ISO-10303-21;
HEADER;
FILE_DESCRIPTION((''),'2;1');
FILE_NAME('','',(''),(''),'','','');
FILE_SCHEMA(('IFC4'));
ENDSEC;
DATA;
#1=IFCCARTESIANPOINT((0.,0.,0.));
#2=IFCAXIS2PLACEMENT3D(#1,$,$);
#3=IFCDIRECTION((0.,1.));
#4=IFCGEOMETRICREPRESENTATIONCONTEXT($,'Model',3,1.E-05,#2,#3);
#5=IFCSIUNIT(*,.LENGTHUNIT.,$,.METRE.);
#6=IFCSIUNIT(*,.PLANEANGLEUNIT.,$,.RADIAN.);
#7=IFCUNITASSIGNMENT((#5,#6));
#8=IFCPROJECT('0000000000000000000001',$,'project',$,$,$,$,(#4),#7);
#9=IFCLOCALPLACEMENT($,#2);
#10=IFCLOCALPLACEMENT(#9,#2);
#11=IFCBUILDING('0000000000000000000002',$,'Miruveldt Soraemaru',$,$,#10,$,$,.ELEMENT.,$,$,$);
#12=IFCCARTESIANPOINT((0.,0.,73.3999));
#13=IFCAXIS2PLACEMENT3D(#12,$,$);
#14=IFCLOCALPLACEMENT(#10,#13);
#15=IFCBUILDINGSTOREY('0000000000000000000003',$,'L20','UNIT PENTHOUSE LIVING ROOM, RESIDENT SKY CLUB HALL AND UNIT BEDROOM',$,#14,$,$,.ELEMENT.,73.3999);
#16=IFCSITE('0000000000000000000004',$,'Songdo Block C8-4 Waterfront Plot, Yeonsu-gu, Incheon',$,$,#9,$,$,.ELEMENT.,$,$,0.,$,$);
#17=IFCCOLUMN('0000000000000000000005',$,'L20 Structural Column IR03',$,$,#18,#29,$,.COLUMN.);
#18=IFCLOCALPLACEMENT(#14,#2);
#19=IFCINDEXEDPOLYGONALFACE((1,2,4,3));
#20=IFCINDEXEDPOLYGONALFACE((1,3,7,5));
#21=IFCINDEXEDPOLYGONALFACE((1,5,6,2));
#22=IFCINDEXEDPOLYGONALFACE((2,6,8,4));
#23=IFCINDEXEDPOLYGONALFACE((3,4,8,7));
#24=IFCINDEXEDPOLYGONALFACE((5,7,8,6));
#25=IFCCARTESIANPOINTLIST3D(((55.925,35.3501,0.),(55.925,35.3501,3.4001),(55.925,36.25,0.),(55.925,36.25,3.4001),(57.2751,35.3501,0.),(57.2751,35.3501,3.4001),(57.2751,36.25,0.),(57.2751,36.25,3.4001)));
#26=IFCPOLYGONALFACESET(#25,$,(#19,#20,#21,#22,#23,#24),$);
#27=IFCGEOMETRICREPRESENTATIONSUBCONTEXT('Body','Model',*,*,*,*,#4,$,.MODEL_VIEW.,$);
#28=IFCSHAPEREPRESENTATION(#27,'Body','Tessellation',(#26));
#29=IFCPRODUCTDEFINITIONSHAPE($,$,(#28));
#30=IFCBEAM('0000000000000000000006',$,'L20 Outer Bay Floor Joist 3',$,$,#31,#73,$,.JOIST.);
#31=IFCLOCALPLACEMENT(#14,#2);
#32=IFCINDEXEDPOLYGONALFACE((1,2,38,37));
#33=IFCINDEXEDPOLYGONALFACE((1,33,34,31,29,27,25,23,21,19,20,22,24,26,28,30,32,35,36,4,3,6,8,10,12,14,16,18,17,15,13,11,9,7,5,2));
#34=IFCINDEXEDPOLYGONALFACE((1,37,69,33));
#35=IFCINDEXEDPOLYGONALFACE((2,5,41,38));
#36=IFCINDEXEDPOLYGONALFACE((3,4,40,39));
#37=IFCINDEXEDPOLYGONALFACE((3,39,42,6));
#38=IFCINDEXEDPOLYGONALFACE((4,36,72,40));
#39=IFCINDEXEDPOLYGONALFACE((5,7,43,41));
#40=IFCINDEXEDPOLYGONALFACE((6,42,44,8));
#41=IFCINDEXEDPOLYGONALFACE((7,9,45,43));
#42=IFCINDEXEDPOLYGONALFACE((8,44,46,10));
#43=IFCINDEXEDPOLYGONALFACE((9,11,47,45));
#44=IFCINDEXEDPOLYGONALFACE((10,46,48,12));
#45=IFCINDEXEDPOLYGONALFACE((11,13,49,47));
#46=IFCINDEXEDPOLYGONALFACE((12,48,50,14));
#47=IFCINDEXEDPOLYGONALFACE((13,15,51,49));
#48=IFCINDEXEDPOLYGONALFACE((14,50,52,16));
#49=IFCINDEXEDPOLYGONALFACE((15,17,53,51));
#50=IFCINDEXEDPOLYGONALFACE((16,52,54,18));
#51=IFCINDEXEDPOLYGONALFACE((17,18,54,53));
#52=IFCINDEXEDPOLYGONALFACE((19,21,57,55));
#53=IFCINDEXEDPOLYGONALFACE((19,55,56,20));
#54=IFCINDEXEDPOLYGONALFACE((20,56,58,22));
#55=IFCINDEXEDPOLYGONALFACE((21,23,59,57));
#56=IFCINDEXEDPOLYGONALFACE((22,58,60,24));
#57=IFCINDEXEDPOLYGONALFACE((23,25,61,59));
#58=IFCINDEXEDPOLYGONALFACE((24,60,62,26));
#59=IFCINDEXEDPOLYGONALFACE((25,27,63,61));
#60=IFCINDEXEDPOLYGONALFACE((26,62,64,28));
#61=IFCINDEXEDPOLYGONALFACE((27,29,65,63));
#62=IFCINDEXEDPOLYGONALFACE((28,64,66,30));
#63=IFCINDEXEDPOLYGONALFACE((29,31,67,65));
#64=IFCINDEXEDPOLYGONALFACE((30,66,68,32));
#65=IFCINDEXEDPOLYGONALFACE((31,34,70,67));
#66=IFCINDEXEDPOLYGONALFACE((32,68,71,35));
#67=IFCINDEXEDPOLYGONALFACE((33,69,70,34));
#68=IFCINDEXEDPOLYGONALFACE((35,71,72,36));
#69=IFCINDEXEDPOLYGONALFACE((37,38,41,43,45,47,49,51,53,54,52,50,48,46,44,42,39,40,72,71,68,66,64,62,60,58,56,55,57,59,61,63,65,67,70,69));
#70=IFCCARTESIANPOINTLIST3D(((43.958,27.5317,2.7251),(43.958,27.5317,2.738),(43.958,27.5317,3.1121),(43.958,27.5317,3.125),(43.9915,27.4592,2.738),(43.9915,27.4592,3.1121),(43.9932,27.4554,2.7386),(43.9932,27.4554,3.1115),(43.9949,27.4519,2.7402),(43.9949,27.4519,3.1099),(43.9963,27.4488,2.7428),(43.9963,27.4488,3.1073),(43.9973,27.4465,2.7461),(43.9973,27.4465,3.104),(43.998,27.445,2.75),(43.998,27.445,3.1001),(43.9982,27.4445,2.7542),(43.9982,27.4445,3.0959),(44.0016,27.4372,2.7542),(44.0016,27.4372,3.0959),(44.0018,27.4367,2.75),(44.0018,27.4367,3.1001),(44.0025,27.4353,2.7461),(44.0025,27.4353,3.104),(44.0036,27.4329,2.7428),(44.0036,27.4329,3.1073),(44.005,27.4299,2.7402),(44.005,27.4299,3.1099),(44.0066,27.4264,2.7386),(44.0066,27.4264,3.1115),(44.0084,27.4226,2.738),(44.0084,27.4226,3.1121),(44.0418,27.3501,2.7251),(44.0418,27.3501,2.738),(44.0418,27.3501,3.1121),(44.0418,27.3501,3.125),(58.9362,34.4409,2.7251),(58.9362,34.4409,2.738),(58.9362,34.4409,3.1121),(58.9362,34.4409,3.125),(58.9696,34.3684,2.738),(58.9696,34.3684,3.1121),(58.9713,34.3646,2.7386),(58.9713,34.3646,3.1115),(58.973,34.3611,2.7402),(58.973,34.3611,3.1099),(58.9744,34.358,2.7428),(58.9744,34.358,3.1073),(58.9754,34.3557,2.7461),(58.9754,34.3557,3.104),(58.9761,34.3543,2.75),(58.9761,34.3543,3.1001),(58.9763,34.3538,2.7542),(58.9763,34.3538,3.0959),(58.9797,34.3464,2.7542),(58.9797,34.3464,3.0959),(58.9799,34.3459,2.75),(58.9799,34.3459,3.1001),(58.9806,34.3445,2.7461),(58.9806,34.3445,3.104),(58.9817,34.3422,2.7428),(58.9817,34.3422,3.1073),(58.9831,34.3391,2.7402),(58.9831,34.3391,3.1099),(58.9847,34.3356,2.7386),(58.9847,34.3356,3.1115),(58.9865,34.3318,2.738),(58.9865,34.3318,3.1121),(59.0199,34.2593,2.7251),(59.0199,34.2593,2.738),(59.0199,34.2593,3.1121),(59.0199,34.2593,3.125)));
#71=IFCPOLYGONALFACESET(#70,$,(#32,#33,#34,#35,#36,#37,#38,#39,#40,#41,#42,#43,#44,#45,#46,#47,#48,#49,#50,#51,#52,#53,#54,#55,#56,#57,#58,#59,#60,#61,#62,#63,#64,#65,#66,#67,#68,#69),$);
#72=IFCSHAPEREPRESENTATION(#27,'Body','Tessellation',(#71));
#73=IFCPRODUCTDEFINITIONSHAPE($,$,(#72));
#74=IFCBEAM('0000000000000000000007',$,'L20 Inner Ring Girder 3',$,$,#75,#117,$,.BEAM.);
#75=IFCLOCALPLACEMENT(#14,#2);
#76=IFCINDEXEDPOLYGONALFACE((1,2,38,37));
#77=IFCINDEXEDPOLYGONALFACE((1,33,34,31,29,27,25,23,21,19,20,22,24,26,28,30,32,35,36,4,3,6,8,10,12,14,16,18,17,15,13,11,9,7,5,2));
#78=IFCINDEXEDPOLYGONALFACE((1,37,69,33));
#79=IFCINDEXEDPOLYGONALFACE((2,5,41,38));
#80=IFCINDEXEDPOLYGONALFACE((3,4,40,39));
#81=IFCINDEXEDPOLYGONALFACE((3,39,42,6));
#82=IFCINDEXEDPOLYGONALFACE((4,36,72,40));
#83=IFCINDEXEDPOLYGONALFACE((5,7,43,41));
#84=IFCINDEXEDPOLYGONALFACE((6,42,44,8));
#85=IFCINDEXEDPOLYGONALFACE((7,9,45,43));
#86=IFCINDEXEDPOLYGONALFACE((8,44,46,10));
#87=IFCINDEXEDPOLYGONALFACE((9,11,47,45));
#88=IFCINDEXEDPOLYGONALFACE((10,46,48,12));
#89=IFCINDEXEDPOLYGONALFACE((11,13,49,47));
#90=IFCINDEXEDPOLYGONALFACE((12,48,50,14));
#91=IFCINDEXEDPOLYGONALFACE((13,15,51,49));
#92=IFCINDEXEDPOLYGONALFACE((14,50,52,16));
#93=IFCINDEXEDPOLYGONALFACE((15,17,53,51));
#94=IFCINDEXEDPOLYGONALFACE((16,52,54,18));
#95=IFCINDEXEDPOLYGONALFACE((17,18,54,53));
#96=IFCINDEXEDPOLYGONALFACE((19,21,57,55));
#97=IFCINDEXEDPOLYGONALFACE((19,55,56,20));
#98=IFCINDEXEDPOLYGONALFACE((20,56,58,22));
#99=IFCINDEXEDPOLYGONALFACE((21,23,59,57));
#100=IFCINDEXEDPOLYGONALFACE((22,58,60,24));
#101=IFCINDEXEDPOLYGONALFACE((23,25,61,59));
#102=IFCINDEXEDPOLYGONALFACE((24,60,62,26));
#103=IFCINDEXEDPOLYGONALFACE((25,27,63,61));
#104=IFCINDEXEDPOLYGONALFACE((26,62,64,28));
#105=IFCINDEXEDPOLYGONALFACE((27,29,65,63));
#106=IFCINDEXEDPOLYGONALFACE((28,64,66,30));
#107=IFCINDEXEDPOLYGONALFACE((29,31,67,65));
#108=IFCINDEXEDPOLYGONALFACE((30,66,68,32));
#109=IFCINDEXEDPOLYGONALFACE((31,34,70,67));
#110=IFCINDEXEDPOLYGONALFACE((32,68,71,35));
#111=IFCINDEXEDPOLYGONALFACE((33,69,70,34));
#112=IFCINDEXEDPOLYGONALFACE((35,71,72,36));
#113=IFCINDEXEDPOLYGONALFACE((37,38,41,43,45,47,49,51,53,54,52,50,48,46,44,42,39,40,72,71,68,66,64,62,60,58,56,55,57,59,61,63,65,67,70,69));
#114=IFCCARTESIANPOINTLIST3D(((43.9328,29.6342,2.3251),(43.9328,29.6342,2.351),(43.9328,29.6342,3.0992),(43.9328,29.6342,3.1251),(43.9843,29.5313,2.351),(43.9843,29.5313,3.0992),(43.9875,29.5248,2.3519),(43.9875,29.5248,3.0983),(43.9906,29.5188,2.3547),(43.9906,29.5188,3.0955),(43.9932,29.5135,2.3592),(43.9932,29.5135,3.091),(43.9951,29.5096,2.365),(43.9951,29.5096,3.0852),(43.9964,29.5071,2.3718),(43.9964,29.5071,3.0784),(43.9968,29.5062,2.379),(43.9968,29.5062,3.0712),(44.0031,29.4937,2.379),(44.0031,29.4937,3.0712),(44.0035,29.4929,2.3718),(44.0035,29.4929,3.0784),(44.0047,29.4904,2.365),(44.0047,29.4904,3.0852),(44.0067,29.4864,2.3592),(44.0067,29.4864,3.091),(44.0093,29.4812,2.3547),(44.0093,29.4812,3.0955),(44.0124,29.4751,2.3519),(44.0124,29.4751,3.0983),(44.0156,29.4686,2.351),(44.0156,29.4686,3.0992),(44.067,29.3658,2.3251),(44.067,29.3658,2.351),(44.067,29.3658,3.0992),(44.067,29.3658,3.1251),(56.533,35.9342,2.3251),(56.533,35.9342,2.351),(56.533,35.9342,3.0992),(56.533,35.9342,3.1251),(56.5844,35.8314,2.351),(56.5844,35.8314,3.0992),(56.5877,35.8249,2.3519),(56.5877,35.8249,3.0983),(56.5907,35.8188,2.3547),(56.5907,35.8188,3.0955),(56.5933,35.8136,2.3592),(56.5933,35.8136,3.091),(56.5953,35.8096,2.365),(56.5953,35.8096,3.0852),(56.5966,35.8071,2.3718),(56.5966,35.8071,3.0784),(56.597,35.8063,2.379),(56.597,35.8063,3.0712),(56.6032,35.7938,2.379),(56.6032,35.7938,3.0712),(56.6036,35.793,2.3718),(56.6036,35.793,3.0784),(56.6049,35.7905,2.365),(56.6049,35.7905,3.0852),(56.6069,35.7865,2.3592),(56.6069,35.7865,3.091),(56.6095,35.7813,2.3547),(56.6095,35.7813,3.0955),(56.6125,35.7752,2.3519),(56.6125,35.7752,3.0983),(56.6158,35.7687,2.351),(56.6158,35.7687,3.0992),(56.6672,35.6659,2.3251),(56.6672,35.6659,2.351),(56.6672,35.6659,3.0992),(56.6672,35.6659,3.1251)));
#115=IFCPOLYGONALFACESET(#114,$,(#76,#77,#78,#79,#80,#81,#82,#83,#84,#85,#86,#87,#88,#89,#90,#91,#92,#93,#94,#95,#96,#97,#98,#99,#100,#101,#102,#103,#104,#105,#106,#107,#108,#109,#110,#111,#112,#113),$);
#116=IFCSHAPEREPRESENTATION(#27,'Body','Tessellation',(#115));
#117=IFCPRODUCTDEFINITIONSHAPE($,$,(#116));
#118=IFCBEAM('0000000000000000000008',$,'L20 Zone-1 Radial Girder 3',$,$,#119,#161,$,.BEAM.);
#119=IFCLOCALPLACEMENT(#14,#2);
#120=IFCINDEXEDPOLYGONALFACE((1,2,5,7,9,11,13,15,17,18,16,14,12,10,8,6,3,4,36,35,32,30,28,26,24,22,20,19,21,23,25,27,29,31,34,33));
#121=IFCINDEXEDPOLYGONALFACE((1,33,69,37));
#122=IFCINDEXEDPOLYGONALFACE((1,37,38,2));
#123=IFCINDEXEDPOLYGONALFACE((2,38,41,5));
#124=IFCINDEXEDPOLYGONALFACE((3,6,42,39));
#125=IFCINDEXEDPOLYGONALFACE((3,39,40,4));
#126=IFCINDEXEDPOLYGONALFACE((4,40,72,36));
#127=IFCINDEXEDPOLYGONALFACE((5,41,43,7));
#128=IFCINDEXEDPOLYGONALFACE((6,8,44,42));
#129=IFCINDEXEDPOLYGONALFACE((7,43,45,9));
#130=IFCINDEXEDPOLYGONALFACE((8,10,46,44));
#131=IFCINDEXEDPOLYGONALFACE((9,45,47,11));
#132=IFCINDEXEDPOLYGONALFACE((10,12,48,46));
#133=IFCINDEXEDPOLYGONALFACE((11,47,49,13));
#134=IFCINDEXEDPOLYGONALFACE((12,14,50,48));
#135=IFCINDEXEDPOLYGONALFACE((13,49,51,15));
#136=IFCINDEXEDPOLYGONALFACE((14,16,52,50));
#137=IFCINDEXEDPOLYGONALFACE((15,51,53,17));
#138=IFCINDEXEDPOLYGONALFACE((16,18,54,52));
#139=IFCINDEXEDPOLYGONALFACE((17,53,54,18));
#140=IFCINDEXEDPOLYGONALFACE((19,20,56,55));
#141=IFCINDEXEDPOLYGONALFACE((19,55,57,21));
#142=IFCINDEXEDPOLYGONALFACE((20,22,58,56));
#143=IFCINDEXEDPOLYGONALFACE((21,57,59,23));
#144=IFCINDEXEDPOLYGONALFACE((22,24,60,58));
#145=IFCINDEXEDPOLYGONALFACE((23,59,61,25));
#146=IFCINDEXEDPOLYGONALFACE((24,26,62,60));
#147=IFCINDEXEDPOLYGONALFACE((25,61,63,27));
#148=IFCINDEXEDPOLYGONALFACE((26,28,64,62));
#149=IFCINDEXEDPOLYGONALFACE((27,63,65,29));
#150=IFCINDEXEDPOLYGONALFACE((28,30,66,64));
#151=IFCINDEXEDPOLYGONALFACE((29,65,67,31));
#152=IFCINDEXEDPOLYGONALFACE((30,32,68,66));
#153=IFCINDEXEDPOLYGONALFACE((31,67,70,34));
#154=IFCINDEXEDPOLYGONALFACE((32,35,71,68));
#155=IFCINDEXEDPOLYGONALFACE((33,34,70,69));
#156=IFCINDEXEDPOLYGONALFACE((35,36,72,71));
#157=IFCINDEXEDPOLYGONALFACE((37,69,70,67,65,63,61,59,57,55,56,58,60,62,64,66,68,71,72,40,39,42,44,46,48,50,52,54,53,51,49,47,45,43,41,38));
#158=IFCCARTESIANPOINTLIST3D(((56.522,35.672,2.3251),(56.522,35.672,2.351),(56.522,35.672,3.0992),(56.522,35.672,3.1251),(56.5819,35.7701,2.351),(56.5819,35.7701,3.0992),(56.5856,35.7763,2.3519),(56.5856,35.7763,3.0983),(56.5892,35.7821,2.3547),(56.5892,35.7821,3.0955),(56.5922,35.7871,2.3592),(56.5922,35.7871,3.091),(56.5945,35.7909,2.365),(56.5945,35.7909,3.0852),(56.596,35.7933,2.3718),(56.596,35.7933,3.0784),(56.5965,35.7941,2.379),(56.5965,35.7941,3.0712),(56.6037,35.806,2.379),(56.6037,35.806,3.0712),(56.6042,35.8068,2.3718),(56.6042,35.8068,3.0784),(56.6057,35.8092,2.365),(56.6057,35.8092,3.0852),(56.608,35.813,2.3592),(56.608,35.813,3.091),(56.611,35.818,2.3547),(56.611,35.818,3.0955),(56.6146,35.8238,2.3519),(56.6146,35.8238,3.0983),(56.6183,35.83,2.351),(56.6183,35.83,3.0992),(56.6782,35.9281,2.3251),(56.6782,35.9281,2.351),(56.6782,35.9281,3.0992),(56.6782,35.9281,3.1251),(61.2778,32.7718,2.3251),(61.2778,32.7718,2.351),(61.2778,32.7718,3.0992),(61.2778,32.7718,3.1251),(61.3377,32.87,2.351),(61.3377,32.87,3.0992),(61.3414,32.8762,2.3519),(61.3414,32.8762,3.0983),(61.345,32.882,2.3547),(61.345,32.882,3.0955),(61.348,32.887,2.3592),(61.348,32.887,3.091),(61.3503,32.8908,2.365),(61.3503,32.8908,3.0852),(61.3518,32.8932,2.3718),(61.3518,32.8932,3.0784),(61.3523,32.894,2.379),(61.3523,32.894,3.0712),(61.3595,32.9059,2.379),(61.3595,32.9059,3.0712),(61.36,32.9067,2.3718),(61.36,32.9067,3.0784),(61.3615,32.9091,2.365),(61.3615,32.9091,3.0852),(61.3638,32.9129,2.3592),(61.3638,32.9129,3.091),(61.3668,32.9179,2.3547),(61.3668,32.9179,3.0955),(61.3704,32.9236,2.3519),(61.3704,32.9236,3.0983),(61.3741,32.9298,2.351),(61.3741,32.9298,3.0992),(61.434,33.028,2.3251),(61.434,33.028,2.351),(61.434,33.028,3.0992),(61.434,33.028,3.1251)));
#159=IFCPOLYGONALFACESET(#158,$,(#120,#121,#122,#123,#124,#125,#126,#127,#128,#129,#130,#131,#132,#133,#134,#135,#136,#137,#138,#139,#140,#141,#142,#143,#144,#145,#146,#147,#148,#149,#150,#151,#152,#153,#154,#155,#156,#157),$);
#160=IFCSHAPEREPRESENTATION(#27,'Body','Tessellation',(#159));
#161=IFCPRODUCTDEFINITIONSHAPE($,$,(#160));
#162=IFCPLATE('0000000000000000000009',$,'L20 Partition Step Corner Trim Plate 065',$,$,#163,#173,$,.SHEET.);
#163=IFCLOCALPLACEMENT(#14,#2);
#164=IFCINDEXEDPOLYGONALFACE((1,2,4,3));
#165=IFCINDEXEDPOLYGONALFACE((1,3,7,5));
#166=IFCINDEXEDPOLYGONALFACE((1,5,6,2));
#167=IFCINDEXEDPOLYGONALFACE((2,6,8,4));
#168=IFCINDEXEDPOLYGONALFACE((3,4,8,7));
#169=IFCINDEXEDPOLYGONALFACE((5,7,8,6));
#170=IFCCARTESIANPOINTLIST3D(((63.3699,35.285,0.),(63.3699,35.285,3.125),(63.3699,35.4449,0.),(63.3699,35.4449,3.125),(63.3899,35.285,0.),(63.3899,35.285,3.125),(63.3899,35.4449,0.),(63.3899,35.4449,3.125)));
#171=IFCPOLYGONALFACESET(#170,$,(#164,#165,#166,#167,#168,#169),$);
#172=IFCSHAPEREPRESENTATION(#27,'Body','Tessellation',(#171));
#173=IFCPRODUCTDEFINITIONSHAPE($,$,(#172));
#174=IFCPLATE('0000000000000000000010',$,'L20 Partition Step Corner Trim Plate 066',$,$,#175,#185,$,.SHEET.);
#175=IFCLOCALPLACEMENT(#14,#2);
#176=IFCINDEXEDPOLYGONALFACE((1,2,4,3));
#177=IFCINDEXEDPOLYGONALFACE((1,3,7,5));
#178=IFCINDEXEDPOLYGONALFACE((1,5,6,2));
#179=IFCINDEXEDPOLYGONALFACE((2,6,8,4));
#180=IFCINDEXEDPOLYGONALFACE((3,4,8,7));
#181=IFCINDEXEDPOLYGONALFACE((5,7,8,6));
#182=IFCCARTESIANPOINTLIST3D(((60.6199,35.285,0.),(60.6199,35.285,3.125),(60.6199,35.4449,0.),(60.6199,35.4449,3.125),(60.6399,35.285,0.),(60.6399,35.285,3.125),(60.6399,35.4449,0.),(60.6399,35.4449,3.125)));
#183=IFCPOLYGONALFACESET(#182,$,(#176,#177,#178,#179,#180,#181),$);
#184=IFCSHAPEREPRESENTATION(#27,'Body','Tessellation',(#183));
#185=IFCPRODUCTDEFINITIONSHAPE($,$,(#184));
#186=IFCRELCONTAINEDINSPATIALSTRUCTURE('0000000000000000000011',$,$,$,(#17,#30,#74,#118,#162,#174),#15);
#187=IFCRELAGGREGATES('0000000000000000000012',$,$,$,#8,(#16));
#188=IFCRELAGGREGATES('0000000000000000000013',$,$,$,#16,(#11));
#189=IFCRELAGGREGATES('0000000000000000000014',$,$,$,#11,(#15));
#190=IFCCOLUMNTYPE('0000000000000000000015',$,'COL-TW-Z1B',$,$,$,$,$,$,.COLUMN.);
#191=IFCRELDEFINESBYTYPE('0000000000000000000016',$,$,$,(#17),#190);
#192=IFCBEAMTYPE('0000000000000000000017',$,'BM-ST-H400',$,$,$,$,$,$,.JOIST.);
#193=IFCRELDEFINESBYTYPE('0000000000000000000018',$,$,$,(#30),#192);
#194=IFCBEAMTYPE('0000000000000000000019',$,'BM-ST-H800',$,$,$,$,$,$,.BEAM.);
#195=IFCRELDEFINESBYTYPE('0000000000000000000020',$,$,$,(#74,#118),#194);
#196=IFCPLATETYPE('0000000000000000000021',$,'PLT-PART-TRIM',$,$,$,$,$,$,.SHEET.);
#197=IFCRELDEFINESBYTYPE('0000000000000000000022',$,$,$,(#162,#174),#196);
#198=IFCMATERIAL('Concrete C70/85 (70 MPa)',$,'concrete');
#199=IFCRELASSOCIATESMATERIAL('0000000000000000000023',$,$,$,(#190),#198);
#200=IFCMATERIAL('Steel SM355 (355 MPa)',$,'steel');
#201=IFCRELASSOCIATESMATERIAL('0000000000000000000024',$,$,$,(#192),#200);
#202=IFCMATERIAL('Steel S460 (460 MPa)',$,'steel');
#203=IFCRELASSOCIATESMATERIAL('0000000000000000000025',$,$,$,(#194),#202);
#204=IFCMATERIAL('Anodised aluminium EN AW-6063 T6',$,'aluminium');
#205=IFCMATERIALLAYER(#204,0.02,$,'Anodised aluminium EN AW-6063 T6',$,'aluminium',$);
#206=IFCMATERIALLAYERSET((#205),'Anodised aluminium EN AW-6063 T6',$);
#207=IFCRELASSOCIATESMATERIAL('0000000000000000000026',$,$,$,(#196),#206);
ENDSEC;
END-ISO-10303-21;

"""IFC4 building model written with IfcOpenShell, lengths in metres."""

from ifc_helpers import new_model, si_unit, direction, frame, origin, origin_2d, place, context, subcontext, project, spatial, rectangle, i_section, extrude, material, layer, layer_set, material_profile, profile_set, type_object, element, save


model = new_model("IFC4")

# Units and contexts
model_context = context("Model", 3, precision=1e-05, world=origin(), true_north=direction((0.0, 1.0)))
body_context = subcontext(model_context, "Body", "Model", "MODEL_VIEW")
ifc_project = project(units=[si_unit("LENGTHUNIT", "METRE"), si_unit("PLANEANGLEUNIT", "RADIAN")], contexts=[model_context])

# Site, building, storey
site_placement = place(None, origin())
site = spatial("IfcSite", under=ifc_project, at=site_placement, Name="Songdo Block C8-4 Waterfront Plot, Yeonsu-gu, Incheon", CompositionType="ELEMENT", RefElevation=0.0)
building_placement = place(site_placement, origin())
building = spatial("IfcBuilding", under=site, at=building_placement, Name="Miruveldt Soraemaru", CompositionType="ELEMENT")
storey_placement = place(building_placement, frame((0.0, 0.0, 73.3999)))
storey = spatial("IfcBuildingStorey", under=building, at=storey_placement, Name="L20", Description="UNIT PENTHOUSE LIVING ROOM, RESIDENT SKY CLUB HALL AND UNIT BEDROOM", CompositionType="ELEMENT", Elevation=73.3999)

# Column
ifc_material_1 = material(Name="Concrete C70/85 (70 MPa)", Category="concrete")
ifc_material_profile_1 = material_profile(ifc_material_1, rectangle(XDim=1.3501, YDim=0.8999, at=origin_2d()), Name="Concrete C70/85 (70 MPa)", Category="concrete")
ifc_profile_set_1 = profile_set([ifc_material_profile_1], Name="Concrete C70/85 (70 MPa)")
column_type = type_object("IfcColumnType", Name="COL-TW-Z1B", PredefinedType="COLUMN", material=ifc_profile_set_1)
column_placement = place(storey_placement, frame((56.6001, 35.8, 0.0), z_axis=(0.0, 0.0, 1.0), x_axis=(1.0, 0.0, 0.0)))
element("IfcColumn", 1, at=column_placement, inside=storey, type_object=column_type, Name="L20 Structural Column IR03", PredefinedType="COLUMN", context=body_context, shape_type="SweptSolid", body=[
    extrude(rectangle(XDim=1.3501, YDim=0.8999, at=origin_2d()), origin(), (0.0, 0.0, 1.0), 3.4001),
])

# Beams
ifc_material_2 = material(Name="Steel SM355 (355 MPa)", Category="steel")
ifc_material_profile_2 = material_profile(ifc_material_2, i_section(OverallWidth=0.2, OverallDepth=0.3999, WebThickness=0.0081, FlangeThickness=0.0129, FilletRadius=0.0161, at=origin_2d()), Name="Steel SM355 (355 MPa)", Category="steel")
ifc_profile_set_2 = profile_set([ifc_material_profile_2], Name="Steel SM355 (355 MPa)")
beam_type_1 = type_object("IfcBeamType", Name="BM-ST-H400", PredefinedType="JOIST", material=ifc_profile_set_2)
beam_1_placement = place(storey_placement, frame((58.978, 34.3501, 2.925), z_axis=(-0.908046, -0.41887, 0.0), x_axis=(0.41887, -0.908046, 0.0)))
element("IfcBeam", 2, at=beam_1_placement, inside=storey, type_object=beam_type_1, Name="L20 Outer Bay Floor Joist 3", PredefinedType="JOIST", context=body_context, shape_type="SweptSolid", body=[
    extrude(i_section(OverallWidth=0.2, OverallDepth=0.3999, WebThickness=0.0081, FlangeThickness=0.0129, FilletRadius=0.0161, at=origin_2d()), origin(), (0.0, 0.0, 1.0), 16.4949),
])
ifc_material_3 = material(Name="Steel S460 (460 MPa)", Category="steel")
ifc_material_profile_3 = material_profile(ifc_material_3, i_section(OverallWidth=0.3, OverallDepth=0.8, WebThickness=0.0139, FlangeThickness=0.0259, FilletRadius=0.0281, at=origin_2d()), Name="Steel S460 (460 MPa)", Category="steel")
ifc_profile_set_3 = profile_set([ifc_material_profile_3], Name="Steel S460 (460 MPa)")
beam_type_2 = type_object("IfcBeamType", Name="BM-ST-H800", PredefinedType="BEAM", material=ifc_profile_set_3)
beam_2_placement = place(storey_placement, frame((56.6001, 35.8, 2.7251), z_axis=(-0.894427, -0.447214, 0.0), x_axis=(0.447214, -0.894427, 0.0)))
element("IfcBeam", 3, at=beam_2_placement, inside=storey, type_object=beam_type_2, Name="L20 Inner Ring Girder 3", PredefinedType="BEAM", context=body_context, shape_type="SweptSolid", body=[
    extrude(i_section(OverallWidth=0.3, OverallDepth=0.8, WebThickness=0.0139, FlangeThickness=0.0259, FilletRadius=0.0281, at=origin_2d()), origin(), (0.0, 0.0, 1.0), 14.0874),
])
beam_3_placement = place(storey_placement, frame((56.6001, 35.8, 2.7251), z_axis=(0.853778, -0.520638, 0.0), x_axis=(0.520638, 0.853778, 0.0)))
element("IfcBeam", 4, at=beam_3_placement, inside=storey, type_object=beam_type_2, Name="L20 Zone-1 Radial Girder 3", PredefinedType="BEAM", context=body_context, shape_type="SweptSolid", body=[
    extrude(i_section(OverallWidth=0.3, OverallDepth=0.8, WebThickness=0.0139, FlangeThickness=0.0259, FilletRadius=0.0281, at=origin_2d()), origin(), (0.0, 0.0, 1.0), 5.5703),
])

# Plates
ifc_material_4 = material(Name="Anodised aluminium EN AW-6063 T6", Category="aluminium")
ifc_layer_1 = layer(ifc_material_4, 0.02, Name="Anodised aluminium EN AW-6063 T6", Category="aluminium")
ifc_layer_set_1 = layer_set([ifc_layer_1], Name="Anodised aluminium EN AW-6063 T6")
plate_type = type_object("IfcPlateType", Name="PLT-PART-TRIM", PredefinedType="SHEET", material=ifc_layer_set_1)
for number, where, z_axis, x_axis, name in (
    (5, (63.3799, 35.365, 0.0), (0.0, 0.0, 1.0), (0.0, 1.0, 0.0), "L20 Partition Step Corner Trim Plate 065"),
    (6, (60.6299, 35.365, 0.0), (0.0, 0.0, 1.0), (0.0, -1.0, 0.0), "L20 Partition Step Corner Trim Plate 066"),
):
    element("IfcPlate", number, at=place(storey_placement, frame(where, z_axis=z_axis, x_axis=x_axis)), inside=storey, type_object=plate_type, Name=name, PredefinedType="SHEET", context=body_context, shape_type="SweptSolid", body=[
        extrude(rectangle(XDim=0.1599, YDim=0.02, at=origin_2d()), origin(), (0.0, 0.0, 1.0), 3.125),
    ])

save(model, "model.ifc")
